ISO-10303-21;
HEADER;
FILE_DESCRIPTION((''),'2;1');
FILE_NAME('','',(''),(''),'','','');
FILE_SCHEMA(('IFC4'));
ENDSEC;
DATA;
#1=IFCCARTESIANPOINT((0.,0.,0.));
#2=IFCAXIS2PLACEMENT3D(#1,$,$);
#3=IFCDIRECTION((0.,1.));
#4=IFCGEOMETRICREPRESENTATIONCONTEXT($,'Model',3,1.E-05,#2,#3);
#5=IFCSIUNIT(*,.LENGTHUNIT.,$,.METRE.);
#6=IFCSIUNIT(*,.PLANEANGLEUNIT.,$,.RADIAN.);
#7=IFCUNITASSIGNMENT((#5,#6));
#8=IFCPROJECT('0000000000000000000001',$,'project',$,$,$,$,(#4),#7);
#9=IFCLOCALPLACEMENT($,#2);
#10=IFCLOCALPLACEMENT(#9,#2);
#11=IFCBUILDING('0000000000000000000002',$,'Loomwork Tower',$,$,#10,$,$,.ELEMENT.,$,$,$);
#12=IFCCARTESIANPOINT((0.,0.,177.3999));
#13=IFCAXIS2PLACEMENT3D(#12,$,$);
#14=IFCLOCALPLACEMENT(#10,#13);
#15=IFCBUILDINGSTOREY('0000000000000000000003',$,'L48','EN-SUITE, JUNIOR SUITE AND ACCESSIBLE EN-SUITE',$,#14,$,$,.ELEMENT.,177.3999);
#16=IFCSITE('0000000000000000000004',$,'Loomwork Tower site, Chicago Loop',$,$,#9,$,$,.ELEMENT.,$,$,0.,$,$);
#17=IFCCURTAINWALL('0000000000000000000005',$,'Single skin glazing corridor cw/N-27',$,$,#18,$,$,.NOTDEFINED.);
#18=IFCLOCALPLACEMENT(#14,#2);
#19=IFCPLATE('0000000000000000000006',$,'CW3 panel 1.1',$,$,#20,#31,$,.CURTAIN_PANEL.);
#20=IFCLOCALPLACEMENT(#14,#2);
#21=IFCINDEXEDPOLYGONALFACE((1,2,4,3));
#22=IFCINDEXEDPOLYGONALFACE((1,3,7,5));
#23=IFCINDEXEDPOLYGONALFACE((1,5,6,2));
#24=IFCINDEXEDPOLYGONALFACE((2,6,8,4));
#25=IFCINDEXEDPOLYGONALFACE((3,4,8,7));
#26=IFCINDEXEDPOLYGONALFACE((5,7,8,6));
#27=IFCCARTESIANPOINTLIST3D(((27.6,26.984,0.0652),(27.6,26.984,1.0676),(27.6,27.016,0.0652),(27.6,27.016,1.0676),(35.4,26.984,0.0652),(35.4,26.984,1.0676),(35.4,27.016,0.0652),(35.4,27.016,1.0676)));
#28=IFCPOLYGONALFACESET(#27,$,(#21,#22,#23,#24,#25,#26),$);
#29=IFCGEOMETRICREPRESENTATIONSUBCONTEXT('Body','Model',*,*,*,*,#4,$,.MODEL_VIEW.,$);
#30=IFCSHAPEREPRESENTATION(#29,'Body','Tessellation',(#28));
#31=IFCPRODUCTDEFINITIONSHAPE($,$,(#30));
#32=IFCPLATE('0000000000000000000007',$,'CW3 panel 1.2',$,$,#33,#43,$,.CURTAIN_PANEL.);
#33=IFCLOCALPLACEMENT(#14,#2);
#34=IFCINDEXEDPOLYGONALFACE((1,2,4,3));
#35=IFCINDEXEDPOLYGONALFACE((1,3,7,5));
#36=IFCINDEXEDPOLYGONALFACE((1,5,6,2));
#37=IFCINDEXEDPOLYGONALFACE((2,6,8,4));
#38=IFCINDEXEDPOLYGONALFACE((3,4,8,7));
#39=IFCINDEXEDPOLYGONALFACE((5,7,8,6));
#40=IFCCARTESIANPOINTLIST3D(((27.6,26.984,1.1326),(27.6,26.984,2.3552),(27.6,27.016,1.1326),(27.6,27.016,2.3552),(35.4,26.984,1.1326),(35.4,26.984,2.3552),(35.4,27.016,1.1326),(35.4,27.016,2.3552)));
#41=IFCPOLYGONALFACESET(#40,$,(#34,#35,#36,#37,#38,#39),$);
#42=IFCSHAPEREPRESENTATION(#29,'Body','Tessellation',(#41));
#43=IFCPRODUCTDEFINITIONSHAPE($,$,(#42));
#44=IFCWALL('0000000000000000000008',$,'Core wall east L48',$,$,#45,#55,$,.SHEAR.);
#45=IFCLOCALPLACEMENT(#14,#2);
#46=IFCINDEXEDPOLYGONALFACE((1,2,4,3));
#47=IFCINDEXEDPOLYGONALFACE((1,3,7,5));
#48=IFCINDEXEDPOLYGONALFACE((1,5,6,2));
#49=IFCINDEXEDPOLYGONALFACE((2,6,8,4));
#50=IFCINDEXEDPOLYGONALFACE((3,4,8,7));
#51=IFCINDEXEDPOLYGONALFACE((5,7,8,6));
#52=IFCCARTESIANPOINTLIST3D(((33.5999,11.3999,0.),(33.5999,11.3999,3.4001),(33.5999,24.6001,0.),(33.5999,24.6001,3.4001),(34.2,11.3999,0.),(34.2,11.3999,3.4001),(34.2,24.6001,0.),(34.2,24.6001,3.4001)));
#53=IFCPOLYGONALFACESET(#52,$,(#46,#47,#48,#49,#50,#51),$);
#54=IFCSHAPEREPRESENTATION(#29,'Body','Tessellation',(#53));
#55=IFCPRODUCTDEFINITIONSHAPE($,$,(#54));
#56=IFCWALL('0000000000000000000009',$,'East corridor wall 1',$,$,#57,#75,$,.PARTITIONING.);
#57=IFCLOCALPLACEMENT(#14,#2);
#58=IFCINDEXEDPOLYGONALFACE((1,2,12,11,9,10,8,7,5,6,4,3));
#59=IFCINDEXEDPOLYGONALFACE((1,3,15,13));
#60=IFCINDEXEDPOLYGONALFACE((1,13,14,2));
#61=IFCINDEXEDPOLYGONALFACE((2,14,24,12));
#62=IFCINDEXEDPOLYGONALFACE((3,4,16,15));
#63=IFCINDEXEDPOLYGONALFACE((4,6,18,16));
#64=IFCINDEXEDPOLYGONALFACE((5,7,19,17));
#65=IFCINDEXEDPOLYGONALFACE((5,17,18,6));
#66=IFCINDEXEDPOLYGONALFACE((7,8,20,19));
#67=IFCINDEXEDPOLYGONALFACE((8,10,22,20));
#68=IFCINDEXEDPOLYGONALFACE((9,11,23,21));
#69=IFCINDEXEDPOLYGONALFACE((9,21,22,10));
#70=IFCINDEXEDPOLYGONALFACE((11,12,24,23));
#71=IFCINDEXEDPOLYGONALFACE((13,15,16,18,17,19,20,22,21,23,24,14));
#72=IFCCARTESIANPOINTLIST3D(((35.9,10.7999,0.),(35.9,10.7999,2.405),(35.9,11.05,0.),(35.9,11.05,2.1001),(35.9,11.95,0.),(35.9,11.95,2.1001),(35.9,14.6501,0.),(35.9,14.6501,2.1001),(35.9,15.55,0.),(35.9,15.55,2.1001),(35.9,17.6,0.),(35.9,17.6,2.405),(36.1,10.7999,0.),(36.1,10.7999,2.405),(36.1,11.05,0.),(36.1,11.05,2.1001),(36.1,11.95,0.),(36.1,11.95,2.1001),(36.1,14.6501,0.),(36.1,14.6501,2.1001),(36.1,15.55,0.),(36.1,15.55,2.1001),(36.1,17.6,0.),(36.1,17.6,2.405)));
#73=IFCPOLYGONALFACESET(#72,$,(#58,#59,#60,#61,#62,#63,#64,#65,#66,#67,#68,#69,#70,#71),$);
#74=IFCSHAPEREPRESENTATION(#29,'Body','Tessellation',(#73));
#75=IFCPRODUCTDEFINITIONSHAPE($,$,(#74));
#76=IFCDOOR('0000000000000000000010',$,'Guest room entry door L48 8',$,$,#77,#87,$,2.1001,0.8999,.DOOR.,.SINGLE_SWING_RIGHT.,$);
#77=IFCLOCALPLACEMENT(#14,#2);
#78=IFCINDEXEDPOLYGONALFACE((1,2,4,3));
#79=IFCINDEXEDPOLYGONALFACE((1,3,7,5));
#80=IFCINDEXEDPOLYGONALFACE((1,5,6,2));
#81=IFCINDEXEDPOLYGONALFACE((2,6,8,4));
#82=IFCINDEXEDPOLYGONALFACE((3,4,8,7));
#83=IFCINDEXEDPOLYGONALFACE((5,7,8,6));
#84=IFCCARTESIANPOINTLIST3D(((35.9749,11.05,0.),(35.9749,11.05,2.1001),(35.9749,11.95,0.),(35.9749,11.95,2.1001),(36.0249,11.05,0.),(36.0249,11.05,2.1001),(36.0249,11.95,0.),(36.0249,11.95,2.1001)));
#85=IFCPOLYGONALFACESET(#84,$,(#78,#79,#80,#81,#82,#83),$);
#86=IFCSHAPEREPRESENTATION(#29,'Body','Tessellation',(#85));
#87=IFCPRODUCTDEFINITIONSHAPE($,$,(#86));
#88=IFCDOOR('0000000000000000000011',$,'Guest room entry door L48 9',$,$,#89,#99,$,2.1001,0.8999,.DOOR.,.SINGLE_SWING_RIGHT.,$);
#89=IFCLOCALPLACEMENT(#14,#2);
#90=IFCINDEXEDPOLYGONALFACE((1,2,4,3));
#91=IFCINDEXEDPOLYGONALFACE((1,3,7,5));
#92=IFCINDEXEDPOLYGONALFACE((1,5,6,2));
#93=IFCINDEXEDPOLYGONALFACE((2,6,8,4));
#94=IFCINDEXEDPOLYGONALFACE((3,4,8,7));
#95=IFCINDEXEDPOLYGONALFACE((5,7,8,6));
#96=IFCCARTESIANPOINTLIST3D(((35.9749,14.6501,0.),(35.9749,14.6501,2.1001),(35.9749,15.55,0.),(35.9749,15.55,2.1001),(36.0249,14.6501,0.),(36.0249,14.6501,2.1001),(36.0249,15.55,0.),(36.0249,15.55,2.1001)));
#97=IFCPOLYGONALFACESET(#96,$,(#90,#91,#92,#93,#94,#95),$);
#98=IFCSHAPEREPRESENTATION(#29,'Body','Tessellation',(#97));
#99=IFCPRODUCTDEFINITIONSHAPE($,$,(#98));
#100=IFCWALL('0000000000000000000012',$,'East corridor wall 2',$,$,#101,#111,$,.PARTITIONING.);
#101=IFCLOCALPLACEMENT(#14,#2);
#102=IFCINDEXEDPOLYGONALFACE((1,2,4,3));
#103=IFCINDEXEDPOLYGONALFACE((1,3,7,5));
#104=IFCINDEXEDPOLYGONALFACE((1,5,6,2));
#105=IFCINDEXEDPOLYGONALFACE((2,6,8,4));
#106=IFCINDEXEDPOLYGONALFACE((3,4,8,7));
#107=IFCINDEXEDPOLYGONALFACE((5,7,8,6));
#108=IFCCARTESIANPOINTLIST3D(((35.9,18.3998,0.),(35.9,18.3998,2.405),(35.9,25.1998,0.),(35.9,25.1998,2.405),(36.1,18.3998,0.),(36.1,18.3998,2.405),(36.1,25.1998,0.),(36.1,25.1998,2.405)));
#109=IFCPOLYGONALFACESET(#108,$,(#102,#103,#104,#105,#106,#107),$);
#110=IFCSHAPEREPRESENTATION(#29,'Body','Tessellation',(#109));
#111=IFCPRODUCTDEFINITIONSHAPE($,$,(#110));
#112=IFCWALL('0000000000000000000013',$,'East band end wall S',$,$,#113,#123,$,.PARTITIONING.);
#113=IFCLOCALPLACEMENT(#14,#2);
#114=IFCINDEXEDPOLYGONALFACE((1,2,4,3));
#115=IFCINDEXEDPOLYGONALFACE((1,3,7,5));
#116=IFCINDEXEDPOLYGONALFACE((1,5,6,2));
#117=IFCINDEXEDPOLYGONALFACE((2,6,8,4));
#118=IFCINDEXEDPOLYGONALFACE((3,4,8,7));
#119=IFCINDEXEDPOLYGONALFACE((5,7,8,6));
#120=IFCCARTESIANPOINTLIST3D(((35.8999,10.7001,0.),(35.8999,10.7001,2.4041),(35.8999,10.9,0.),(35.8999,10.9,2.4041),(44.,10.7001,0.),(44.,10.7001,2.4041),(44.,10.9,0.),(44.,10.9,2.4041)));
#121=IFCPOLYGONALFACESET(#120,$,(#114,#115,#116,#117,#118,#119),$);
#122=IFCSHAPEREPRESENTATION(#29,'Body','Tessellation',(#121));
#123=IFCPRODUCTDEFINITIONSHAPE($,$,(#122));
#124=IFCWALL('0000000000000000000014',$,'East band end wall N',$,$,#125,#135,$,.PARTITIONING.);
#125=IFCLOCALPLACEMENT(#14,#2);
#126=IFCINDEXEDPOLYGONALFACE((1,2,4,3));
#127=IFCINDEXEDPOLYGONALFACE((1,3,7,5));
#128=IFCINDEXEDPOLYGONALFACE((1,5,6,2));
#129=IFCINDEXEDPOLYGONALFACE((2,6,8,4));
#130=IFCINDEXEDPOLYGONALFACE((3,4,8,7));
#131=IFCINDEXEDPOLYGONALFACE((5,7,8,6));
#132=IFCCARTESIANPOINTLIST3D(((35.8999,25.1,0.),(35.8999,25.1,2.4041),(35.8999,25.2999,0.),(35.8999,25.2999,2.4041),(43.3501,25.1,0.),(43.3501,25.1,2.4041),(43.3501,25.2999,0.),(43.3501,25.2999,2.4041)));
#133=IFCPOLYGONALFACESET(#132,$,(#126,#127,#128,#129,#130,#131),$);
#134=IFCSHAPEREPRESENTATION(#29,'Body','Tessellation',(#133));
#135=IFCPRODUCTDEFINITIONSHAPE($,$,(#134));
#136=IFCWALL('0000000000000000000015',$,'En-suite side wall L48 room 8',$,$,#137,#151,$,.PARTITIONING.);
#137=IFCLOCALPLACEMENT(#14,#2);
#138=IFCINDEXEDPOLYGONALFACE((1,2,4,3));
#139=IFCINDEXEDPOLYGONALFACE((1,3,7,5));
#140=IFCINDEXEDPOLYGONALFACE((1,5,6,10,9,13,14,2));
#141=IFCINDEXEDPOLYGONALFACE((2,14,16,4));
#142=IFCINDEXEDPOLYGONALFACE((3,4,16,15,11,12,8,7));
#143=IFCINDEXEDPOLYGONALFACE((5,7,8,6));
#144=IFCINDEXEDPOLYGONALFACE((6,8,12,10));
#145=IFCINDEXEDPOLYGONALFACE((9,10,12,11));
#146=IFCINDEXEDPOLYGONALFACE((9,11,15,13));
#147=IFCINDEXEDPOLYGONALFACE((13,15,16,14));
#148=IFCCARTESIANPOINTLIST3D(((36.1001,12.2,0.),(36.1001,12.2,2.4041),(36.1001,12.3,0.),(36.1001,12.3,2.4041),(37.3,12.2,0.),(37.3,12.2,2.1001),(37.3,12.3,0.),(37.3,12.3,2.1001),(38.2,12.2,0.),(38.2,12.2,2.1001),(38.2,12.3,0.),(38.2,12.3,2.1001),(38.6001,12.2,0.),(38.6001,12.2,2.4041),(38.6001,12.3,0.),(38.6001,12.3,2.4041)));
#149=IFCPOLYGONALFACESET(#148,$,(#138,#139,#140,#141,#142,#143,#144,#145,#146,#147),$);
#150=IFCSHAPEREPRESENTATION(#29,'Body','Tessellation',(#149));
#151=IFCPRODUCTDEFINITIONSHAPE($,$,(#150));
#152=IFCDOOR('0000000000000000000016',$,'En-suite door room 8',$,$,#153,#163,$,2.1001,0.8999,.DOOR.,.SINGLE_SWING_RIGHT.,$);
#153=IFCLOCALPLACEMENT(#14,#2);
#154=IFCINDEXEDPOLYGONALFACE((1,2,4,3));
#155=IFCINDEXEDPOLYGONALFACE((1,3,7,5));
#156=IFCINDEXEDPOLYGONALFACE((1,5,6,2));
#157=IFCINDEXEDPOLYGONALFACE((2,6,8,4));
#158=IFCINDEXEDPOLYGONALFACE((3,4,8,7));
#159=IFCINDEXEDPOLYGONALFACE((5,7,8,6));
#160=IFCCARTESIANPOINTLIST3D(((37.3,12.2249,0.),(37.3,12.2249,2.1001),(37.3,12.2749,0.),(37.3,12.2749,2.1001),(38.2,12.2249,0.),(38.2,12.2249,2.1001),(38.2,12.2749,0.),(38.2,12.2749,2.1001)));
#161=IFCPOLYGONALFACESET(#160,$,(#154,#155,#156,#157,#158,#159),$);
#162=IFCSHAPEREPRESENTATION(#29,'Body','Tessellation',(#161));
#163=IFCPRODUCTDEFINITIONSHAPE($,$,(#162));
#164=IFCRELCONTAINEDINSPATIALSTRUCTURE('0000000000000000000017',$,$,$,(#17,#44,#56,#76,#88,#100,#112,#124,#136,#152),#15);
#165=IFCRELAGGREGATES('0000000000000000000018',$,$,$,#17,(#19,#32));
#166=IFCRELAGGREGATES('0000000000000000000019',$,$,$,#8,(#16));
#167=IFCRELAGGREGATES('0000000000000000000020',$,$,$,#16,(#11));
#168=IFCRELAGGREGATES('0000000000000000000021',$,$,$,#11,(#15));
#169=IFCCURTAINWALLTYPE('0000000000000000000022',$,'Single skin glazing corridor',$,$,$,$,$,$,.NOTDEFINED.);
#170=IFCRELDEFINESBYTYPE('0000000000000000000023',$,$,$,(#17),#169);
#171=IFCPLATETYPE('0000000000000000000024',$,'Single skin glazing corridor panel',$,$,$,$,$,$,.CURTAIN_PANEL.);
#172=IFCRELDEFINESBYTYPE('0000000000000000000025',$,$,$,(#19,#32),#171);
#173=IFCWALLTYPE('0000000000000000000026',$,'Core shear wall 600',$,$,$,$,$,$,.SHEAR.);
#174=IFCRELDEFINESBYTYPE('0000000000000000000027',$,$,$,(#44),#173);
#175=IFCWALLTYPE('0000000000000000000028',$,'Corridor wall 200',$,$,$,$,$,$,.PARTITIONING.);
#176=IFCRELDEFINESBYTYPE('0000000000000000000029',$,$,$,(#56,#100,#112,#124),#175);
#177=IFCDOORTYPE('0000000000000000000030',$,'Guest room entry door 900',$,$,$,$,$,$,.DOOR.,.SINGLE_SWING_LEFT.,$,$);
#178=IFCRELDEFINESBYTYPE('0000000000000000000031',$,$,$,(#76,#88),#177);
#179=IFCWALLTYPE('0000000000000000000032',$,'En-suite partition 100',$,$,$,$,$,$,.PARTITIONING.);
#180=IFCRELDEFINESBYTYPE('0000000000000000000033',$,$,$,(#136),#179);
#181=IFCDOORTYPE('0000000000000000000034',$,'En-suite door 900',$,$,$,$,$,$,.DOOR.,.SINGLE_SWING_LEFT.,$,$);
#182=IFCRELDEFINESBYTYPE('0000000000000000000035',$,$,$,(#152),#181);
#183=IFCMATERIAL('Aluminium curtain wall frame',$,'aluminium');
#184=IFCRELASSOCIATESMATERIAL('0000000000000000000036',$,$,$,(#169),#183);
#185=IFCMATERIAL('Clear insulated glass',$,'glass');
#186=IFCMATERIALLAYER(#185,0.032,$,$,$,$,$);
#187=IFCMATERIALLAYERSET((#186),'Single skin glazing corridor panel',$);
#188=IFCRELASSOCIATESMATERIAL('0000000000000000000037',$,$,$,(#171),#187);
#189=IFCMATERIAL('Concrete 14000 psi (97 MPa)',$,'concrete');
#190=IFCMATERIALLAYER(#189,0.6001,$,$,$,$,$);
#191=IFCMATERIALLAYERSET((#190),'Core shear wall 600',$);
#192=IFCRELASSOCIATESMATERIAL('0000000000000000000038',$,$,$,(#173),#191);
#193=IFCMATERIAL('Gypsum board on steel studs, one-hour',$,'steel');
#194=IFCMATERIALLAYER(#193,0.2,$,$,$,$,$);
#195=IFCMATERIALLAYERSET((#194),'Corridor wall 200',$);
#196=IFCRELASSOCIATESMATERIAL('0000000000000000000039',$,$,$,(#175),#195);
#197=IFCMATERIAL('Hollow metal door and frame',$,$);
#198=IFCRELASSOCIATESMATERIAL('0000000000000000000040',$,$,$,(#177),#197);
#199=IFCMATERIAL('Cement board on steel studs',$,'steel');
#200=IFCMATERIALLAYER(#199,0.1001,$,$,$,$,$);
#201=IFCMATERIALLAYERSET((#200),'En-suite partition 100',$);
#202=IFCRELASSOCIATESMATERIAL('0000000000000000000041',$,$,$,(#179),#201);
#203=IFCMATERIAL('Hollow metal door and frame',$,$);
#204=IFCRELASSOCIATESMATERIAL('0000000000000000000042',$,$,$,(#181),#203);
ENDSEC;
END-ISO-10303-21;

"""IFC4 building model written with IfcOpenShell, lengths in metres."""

from ifc_helpers import new_model, si_unit, direction, frame, frame_2d, origin, origin_2d, place, context, subcontext, project, spatial, rectangle, extrude, material, layer, layer_set, type_object, element, fill, aggregate, save


model = new_model("IFC4")

# Units and contexts
model_context = context("Model", 3, precision=1e-05, world=origin(), true_north=direction((0.0, 1.0)))
body_context = subcontext(model_context, "Body", "Model", "MODEL_VIEW")
ifc_project = project(units=[si_unit("LENGTHUNIT", "METRE"), si_unit("PLANEANGLEUNIT", "RADIAN")], contexts=[model_context])

# Site, building, storey
site_placement = place(None, origin())
site = spatial("IfcSite", under=ifc_project, at=site_placement, Name="Loomwork Tower site, Chicago Loop", CompositionType="ELEMENT", RefElevation=0.0)
building_placement = place(site_placement, origin())
building = spatial("IfcBuilding", under=site, at=building_placement, Name="Loomwork Tower", CompositionType="ELEMENT")
storey_placement = place(building_placement, frame((0.0, 0.0, 177.3999)))
storey = spatial("IfcBuildingStorey", under=building, at=storey_placement, Name="L48", Description="EN-SUITE, JUNIOR SUITE AND ACCESSIBLE EN-SUITE", CompositionType="ELEMENT", Elevation=177.3999)

# Curtain wall, plates
ifc_material_1 = material(Name="Aluminium curtain wall frame", Category="aluminium")
curtain_wall_type = type_object("IfcCurtainWallType", Name="Single skin glazing corridor", PredefinedType="NOTDEFINED", material=ifc_material_1)
curtain_wall_placement = place(storey_placement, origin())
curtain_wall = element("IfcCurtainWall", 1, at=curtain_wall_placement, inside=storey, type_object=curtain_wall_type, Name="Single skin glazing corridor cw/N-27", PredefinedType="NOTDEFINED")
ifc_material_2 = material(Name="Clear insulated glass", Category="glass")
ifc_layer_1 = layer(ifc_material_2, 0.032)
ifc_layer_set_1 = layer_set([ifc_layer_1], Name="Single skin glazing corridor panel")
plate_type = type_object("IfcPlateType", Name="Single skin glazing corridor panel", PredefinedType="CURTAIN_PANEL", material=ifc_layer_set_1)
plate_1_placement = place(storey_placement, frame((31.5, 27.0, 0.0652), z_axis=(0.0, 0.0, 1.0), x_axis=(-1.0, 0.0, 0.0)))
plate_1 = element("IfcPlate", 2, at=plate_1_placement, type_object=plate_type, Name="CW3 panel 1.1", PredefinedType="CURTAIN_PANEL", context=body_context, shape_type="SweptSolid", body=[
    extrude(rectangle(XDim=7.8, YDim=0.032, at=origin_2d()), origin(), (0.0, 0.0, 1.0), 1.0024),
])
plate_2_placement = place(storey_placement, frame((31.5, 27.0, 1.1326), z_axis=(0.0, 0.0, 1.0), x_axis=(-1.0, 0.0, 0.0)))
plate_2 = element("IfcPlate", 3, at=plate_2_placement, type_object=plate_type, Name="CW3 panel 1.2", PredefinedType="CURTAIN_PANEL", context=body_context, shape_type="SweptSolid", body=[
    extrude(rectangle(XDim=7.8, YDim=0.032, at=origin_2d()), origin(), (0.0, 0.0, 1.0), 1.2227),
])
aggregate(curtain_wall, [plate_1, plate_2])

# Wall
ifc_material_3 = material(Name="Concrete 14000 psi (97 MPa)", Category="concrete")
ifc_layer_2 = layer(ifc_material_3, 0.6001)
ifc_layer_set_2 = layer_set([ifc_layer_2], Name="Core shear wall 600")
wall_type_1 = type_object("IfcWallType", Name="Core shear wall 600", PredefinedType="SHEAR", material=ifc_layer_set_2)
wall_1_placement = place(storey_placement, frame((33.8999, 11.3999, 0.0), z_axis=(0.0, 0.0, 1.0), x_axis=(0.0, 1.0, 0.0)))
element("IfcWall", 4, at=wall_1_placement, inside=storey, type_object=wall_type_1, Name="Core wall east L48", PredefinedType="SHEAR", context=body_context, shape_type="SweptSolid", body=[
    extrude(rectangle(XDim=13.2002, YDim=0.6001, at=frame_2d((6.6001, 0.0))), origin(), (0.0, 0.0, 1.0), 3.4001),
])

# Wall, openings, doors
ifc_material_4 = material(Name="Gypsum board on steel studs, one-hour", Category="steel")
ifc_layer_3 = layer(ifc_material_4, 0.2)
ifc_layer_set_3 = layer_set([ifc_layer_3], Name="Corridor wall 200")
wall_type_2 = type_object("IfcWallType", Name="Corridor wall 200", PredefinedType="PARTITIONING", material=ifc_layer_set_3)
wall_2_placement = place(storey_placement, frame((36.0, 10.8, 0.0), z_axis=(0.0, 0.0, 1.0), x_axis=(0.0, 1.0, 0.0)))
wall_2 = element("IfcWall", 5, at=wall_2_placement, inside=storey, type_object=wall_type_2, Name="East corridor wall 1", PredefinedType="PARTITIONING", context=body_context, shape_type="SweptSolid", body=[
    extrude(rectangle(XDim=6.8, YDim=0.2, at=frame_2d((3.3999, 0.0))), origin(), (0.0, 0.0, 1.0), 2.405),
])
opening_1_placement = place(wall_2_placement, frame((0.25, 0.0, 0.0)))
opening_1 = element("IfcOpeningElement", 6, at=opening_1_placement, cuts=wall_2, PredefinedType="OPENING", context=body_context, shape_type="SweptSolid", body=[
    extrude(rectangle(XDim=0.8999, YDim=2.1001, at=frame_2d((0.45, 1.05))), frame((0.0, 0.1099, 0.0), z_axis=(0.0, -1.0, 0.0), x_axis=(1.0, 0.0, 0.0)), (0.0, 0.0, 1.0), 0.22),
])
opening_2_placement = place(wall_2_placement, frame((3.8501, 0.0, 0.0)))
opening_2 = element("IfcOpeningElement", 7, at=opening_2_placement, cuts=wall_2, PredefinedType="OPENING", context=body_context, shape_type="SweptSolid", body=[
    extrude(rectangle(XDim=0.8999, YDim=2.1001, at=frame_2d((0.45, 1.05))), frame((0.0, 0.1099, 0.0), z_axis=(0.0, -1.0, 0.0), x_axis=(1.0, 0.0, 0.0)), (0.0, 0.0, 1.0), 0.22),
])
ifc_material_5 = material(Name="Hollow metal door and frame")
door_type_1 = type_object("IfcDoorType", Name="Guest room entry door 900", OperationType="SINGLE_SWING_LEFT", PredefinedType="DOOR", material=ifc_material_5)
door_1_placement = place(opening_1_placement, frame((0.8999, 0.0, 0.0), z_axis=(0.0, 0.0, 1.0), x_axis=(-1.0, 0.0, 0.0)))
door_1 = element("IfcDoor", 8, at=door_1_placement, inside=storey, type_object=door_type_1, Name="Guest room entry door L48 8", OperationType="SINGLE_SWING_RIGHT", OverallHeight=2.1001, OverallWidth=0.8999, PredefinedType="DOOR", context=body_context, shape_type="SweptSolid", body=[
    extrude(rectangle(XDim=0.8999, YDim=2.1001, at=frame_2d((0.45, 1.05))), frame((0.0, 0.0249, 0.0), z_axis=(0.0, -1.0, 0.0), x_axis=(1.0, 0.0, 0.0)), (0.0, 0.0, 1.0), 0.05),
])
fill(opening_1, door_1)
door_2_placement = place(opening_2_placement, frame((0.8999, 0.0, 0.0), z_axis=(0.0, 0.0, 1.0), x_axis=(-1.0, 0.0, 0.0)))
door_2 = element("IfcDoor", 9, at=door_2_placement, inside=storey, type_object=door_type_1, Name="Guest room entry door L48 9", OperationType="SINGLE_SWING_RIGHT", OverallHeight=2.1001, OverallWidth=0.8999, PredefinedType="DOOR", context=body_context, shape_type="SweptSolid", body=[
    extrude(rectangle(XDim=0.8999, YDim=2.1001, at=frame_2d((0.45, 1.05))), frame((0.0, 0.0249, 0.0), z_axis=(0.0, -1.0, 0.0), x_axis=(1.0, 0.0, 0.0)), (0.0, 0.0, 1.0), 0.05),
])
fill(opening_2, door_2)

# Walls
wall_3_placement = place(storey_placement, frame((36.0, 18.3999, 0.0), z_axis=(0.0, 0.0, 1.0), x_axis=(0.0, 1.0, 0.0)))
element("IfcWall", 10, at=wall_3_placement, inside=storey, type_object=wall_type_2, Name="East corridor wall 2", PredefinedType="PARTITIONING", context=body_context, shape_type="SweptSolid", body=[
    extrude(rectangle(XDim=6.8, YDim=0.2, at=frame_2d((3.3999, 0.0))), origin(), (0.0, 0.0, 1.0), 2.405),
])
wall_4_placement = place(storey_placement, frame((35.8999, 10.8, 0.0), z_axis=(0.0, 0.0, 1.0), x_axis=(1.0, 0.0, 0.0)))
element("IfcWall", 11, at=wall_4_placement, inside=storey, type_object=wall_type_2, Name="East band end wall S", PredefinedType="PARTITIONING", context=body_context, shape_type="SweptSolid", body=[
    extrude(rectangle(XDim=8.1001, YDim=0.2, at=frame_2d((4.05, 0.0))), origin(), (0.0, 0.0, 1.0), 2.4041),
])
wall_5_placement = place(storey_placement, frame((35.8999, 25.2, 0.0), z_axis=(0.0, 0.0, 1.0), x_axis=(1.0, 0.0, 0.0)))
element("IfcWall", 12, at=wall_5_placement, inside=storey, type_object=wall_type_2, Name="East band end wall N", PredefinedType="PARTITIONING", context=body_context, shape_type="SweptSolid", body=[
    extrude(rectangle(XDim=7.4502, YDim=0.2, at=frame_2d((3.7251, 0.0))), origin(), (0.0, 0.0, 1.0), 2.4041),
])

# Wall, opening, door
ifc_material_6 = material(Name="Cement board on steel studs", Category="steel")
ifc_layer_4 = layer(ifc_material_6, 0.1001)
ifc_layer_set_4 = layer_set([ifc_layer_4], Name="En-suite partition 100")
wall_type_3 = type_object("IfcWallType", Name="En-suite partition 100", PredefinedType="PARTITIONING", material=ifc_layer_set_4)
wall_6_placement = place(storey_placement, frame((36.1001, 12.25, 0.0), z_axis=(0.0, 0.0, 1.0), x_axis=(1.0, 0.0, 0.0)))
wall_6 = element("IfcWall", 13, at=wall_6_placement, inside=storey, type_object=wall_type_3, Name="En-suite side wall L48 room 8", PredefinedType="PARTITIONING", context=body_context, shape_type="SweptSolid", body=[
    extrude(rectangle(XDim=2.5, YDim=0.1001, at=frame_2d((1.25, 0.0))), origin(), (0.0, 0.0, 1.0), 2.4041),
])
opening_3_placement = place(wall_6_placement, frame((1.2, 0.0, 0.0)))
opening_3 = element("IfcOpeningElement", 14, at=opening_3_placement, cuts=wall_6, PredefinedType="OPENING", context=body_context, shape_type="SweptSolid", body=[
    extrude(rectangle(XDim=0.8999, YDim=2.1001, at=frame_2d((0.45, 1.05))), frame((0.0, 0.0601, 0.0), z_axis=(0.0, -1.0, 0.0), x_axis=(1.0, 0.0, 0.0)), (0.0, 0.0, 1.0), 0.1201),
])
ifc_material_7 = material(Name="Hollow metal door and frame")
door_type_2 = type_object("IfcDoorType", Name="En-suite door 900", OperationType="SINGLE_SWING_LEFT", PredefinedType="DOOR", material=ifc_material_7)
door_3_placement = place(opening_3_placement, origin())
door_3 = element("IfcDoor", 15, at=door_3_placement, inside=storey, type_object=door_type_2, Name="En-suite door room 8", OperationType="SINGLE_SWING_RIGHT", OverallHeight=2.1001, OverallWidth=0.8999, PredefinedType="DOOR", context=body_context, shape_type="SweptSolid", body=[
    extrude(rectangle(XDim=0.8999, YDim=2.1001, at=frame_2d((0.45, 1.05))), frame((0.0, 0.0249, 0.0), z_axis=(0.0, -1.0, 0.0), x_axis=(1.0, 0.0, 0.0)), (0.0, 0.0, 1.0), 0.05),
])
fill(opening_3, door_3)

save(model, "model.ifc")
